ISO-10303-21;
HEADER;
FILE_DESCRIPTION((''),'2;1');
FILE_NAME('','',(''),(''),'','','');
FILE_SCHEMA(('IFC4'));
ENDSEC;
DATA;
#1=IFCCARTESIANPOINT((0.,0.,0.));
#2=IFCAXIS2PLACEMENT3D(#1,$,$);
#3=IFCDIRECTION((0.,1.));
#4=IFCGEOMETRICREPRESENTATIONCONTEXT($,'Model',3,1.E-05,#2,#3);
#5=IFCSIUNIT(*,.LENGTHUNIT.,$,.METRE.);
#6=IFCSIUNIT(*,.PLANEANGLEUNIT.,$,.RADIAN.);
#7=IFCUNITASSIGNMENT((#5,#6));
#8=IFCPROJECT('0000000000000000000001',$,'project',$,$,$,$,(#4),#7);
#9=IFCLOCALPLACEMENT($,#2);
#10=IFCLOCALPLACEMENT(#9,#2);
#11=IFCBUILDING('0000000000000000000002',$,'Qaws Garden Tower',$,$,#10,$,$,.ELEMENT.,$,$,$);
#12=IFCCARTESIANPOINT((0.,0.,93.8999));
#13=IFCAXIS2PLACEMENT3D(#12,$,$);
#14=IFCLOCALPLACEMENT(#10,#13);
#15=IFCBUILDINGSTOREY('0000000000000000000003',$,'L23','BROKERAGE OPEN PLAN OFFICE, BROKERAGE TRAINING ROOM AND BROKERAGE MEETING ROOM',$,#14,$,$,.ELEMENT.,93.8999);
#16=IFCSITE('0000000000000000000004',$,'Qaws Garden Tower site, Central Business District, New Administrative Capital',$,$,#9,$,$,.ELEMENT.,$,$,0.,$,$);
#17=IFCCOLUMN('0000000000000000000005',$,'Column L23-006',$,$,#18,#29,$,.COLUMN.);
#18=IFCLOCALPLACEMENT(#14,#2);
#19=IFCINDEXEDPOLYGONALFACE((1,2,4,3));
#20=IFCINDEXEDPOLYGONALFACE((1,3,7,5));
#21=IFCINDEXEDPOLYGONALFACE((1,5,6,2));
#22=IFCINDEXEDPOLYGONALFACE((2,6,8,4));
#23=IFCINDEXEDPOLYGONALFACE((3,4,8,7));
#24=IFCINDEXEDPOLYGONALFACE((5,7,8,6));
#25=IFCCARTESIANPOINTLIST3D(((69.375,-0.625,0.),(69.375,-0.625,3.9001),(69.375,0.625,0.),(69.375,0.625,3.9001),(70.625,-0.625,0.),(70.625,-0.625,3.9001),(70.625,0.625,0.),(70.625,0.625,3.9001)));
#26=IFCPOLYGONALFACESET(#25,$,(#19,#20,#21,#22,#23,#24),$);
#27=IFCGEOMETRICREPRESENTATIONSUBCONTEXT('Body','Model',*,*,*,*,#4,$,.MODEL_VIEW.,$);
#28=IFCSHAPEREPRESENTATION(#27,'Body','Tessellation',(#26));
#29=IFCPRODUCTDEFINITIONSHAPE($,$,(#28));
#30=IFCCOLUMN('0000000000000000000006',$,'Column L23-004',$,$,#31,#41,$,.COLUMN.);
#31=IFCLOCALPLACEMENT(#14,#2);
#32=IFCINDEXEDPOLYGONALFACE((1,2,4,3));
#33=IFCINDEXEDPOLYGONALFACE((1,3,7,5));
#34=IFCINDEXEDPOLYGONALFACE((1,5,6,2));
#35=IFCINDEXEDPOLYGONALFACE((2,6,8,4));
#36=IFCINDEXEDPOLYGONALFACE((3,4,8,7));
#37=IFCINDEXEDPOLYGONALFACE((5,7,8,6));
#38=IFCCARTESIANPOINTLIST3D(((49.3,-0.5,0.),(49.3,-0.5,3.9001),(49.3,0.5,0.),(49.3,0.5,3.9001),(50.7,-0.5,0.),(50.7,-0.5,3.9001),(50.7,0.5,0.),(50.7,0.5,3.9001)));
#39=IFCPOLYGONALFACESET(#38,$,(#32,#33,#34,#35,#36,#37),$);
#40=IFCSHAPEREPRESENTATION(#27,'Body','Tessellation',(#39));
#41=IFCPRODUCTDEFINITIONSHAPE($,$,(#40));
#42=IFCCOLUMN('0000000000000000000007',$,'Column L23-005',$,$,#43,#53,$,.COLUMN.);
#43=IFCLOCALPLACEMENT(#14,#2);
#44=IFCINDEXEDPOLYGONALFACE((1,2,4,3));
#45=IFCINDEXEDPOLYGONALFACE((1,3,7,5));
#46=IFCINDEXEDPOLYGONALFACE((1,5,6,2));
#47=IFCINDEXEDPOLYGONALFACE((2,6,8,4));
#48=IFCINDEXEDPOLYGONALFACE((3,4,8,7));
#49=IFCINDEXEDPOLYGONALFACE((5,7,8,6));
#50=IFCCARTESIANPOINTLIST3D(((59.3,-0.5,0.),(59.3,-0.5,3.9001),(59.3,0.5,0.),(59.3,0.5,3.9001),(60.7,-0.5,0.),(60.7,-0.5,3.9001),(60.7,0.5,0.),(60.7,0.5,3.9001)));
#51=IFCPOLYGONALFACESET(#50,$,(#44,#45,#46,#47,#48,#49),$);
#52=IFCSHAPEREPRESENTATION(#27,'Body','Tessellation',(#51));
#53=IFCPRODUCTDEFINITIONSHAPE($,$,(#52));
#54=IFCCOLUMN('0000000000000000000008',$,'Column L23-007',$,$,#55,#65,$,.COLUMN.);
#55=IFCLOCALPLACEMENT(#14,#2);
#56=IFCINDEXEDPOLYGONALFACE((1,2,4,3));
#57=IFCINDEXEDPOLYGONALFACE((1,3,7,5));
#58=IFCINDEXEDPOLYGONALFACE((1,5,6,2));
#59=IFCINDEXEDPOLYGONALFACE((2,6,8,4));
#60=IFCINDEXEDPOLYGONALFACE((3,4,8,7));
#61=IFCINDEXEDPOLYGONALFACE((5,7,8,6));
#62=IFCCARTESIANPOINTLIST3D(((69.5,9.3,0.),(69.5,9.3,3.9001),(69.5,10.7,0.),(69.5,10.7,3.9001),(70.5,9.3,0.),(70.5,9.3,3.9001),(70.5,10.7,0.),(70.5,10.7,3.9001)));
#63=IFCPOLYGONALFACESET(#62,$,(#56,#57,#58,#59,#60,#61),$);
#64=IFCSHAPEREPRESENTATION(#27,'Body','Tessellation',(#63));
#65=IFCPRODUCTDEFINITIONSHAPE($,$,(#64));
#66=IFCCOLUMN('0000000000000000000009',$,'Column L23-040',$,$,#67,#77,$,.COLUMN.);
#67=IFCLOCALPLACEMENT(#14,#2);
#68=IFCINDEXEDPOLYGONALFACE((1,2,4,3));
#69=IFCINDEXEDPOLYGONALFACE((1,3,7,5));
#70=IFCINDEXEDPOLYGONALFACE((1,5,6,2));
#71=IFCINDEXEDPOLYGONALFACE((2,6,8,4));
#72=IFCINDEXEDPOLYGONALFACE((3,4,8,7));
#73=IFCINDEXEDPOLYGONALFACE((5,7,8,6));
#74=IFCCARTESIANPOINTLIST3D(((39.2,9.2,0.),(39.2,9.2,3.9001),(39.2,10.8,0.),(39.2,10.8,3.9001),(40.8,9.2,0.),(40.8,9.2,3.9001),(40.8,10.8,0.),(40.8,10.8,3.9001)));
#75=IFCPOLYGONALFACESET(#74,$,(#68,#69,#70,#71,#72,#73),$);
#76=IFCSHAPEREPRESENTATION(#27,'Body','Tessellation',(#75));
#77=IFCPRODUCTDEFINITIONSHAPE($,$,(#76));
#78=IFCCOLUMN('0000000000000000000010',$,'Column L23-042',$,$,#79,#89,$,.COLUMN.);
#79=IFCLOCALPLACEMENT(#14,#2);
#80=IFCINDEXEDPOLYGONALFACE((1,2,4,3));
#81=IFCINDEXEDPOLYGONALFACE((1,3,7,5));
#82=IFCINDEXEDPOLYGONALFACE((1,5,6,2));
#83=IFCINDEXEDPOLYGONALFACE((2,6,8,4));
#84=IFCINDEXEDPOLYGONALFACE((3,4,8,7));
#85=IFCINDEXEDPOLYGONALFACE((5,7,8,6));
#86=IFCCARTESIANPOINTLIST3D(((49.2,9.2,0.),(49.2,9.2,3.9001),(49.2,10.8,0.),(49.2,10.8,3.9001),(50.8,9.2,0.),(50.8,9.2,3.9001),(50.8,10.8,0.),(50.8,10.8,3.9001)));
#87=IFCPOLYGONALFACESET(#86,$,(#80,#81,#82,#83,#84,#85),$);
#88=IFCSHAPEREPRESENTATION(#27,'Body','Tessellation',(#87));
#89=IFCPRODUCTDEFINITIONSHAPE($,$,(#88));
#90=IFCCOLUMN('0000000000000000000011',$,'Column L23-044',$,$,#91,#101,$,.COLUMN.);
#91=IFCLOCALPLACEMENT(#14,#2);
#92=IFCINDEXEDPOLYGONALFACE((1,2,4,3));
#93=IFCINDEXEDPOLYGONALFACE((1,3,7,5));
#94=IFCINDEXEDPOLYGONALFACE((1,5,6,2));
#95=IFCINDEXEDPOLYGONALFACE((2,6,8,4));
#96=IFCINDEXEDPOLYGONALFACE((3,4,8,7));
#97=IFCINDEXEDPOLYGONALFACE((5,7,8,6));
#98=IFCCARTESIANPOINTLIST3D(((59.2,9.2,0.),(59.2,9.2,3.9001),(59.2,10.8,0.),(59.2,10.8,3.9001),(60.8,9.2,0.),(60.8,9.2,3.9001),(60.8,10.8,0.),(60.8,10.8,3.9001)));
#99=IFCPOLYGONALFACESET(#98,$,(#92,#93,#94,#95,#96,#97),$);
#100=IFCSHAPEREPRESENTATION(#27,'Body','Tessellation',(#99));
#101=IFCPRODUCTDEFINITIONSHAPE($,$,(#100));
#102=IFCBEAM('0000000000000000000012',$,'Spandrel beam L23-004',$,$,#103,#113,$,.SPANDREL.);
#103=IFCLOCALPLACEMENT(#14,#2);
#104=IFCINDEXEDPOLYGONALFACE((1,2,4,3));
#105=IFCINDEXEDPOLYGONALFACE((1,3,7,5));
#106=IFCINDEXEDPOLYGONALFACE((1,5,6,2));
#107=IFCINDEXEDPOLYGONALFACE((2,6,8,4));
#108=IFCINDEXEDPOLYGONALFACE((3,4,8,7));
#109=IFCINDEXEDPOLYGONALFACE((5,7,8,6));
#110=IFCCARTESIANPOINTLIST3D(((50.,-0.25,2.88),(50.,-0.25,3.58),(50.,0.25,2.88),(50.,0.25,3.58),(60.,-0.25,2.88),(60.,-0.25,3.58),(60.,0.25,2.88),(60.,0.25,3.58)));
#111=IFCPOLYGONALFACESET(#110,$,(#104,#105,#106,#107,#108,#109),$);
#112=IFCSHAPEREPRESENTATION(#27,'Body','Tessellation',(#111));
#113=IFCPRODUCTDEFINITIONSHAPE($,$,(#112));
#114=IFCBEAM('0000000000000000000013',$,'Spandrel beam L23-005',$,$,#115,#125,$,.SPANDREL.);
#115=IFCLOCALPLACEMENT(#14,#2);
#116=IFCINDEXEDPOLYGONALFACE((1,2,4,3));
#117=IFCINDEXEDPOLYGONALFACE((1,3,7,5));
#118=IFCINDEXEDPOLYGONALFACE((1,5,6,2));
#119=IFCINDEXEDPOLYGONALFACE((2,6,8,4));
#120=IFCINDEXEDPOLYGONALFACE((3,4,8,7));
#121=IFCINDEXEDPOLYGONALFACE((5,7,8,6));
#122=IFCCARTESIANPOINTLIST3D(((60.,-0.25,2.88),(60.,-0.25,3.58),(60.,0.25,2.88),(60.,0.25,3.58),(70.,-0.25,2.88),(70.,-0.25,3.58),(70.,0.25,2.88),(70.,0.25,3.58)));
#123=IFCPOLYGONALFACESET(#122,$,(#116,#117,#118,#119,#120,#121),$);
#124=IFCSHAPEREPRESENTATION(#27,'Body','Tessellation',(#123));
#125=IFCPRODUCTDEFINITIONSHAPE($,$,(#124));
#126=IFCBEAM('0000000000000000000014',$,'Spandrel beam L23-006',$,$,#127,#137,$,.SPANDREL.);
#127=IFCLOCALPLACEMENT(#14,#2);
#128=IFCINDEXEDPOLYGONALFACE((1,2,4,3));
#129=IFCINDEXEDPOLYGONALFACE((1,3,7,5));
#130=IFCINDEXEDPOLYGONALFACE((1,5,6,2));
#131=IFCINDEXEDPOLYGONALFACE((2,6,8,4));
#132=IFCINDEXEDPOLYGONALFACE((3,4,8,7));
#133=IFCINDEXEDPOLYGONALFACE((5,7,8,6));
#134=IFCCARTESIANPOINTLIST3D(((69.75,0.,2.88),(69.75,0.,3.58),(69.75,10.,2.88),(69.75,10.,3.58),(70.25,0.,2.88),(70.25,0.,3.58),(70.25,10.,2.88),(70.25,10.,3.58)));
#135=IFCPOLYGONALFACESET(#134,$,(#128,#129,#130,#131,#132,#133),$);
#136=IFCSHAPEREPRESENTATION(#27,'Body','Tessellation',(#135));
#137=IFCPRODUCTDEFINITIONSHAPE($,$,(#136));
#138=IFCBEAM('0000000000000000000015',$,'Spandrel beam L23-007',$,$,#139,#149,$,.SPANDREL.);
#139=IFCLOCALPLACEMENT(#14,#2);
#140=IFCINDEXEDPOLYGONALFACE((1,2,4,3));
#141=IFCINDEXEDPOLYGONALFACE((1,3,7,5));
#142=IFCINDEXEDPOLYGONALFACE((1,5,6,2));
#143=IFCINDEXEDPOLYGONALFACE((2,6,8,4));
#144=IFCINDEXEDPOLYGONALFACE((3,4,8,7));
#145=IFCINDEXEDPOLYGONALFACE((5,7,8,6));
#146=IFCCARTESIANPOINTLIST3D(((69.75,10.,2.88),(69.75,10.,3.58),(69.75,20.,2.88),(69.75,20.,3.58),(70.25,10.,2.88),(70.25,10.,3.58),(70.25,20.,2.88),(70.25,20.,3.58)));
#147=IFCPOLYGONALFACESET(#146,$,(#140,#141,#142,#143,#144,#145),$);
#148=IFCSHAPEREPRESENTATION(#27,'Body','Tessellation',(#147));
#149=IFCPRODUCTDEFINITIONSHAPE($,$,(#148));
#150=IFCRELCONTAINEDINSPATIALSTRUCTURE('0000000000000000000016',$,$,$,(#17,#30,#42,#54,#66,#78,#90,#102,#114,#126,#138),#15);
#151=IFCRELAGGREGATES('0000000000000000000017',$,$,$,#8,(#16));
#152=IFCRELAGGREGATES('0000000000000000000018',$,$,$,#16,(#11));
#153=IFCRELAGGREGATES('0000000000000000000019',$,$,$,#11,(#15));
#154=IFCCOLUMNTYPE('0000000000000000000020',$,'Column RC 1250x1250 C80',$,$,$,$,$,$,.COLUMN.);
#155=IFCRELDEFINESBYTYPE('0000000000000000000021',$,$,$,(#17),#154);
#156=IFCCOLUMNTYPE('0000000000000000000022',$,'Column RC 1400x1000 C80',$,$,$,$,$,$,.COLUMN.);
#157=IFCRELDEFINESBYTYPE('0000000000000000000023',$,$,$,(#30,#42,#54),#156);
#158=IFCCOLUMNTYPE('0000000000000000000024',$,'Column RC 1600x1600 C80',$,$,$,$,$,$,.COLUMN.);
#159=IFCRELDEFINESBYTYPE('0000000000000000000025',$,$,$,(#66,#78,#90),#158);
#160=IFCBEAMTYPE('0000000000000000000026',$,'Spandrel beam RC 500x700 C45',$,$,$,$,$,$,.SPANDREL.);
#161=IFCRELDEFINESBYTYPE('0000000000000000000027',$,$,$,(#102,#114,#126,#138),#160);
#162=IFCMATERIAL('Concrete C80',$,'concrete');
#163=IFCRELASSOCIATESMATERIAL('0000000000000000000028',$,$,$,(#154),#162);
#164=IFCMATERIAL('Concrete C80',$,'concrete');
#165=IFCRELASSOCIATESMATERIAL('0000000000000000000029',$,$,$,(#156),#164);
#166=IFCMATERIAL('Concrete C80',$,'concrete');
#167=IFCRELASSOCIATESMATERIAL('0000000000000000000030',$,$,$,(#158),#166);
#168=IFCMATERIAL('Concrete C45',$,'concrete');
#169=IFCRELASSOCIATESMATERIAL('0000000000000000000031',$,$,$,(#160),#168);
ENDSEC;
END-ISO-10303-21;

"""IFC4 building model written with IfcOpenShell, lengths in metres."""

from ifc_helpers import new_model, si_unit, direction, frame, origin, origin_2d, place, context, subcontext, project, spatial, rectangle, extrude, material, material_profile, profile_set, type_object, element, save


model = new_model("IFC4")

# Units and contexts
model_context = context("Model", 3, precision=1e-05, world=origin(), true_north=direction((0.0, 1.0)))
body_context = subcontext(model_context, "Body", "Model", "MODEL_VIEW")
ifc_project = project(units=[si_unit("LENGTHUNIT", "METRE"), si_unit("PLANEANGLEUNIT", "RADIAN")], contexts=[model_context])

# Site, building, storey
site_placement = place(None, origin())
site = spatial("IfcSite", under=ifc_project, at=site_placement, Name="Qaws Garden Tower site, Central Business District, New Administrative Capital", CompositionType="ELEMENT", RefElevation=0.0)
building_placement = place(site_placement, origin())
building = spatial("IfcBuilding", under=site, at=building_placement, Name="Qaws Garden Tower", CompositionType="ELEMENT")
storey_placement = place(building_placement, frame((0.0, 0.0, 93.8999)))
storey = spatial("IfcBuildingStorey", under=building, at=storey_placement, Name="L23", Description="BROKERAGE OPEN PLAN OFFICE, BROKERAGE TRAINING ROOM AND BROKERAGE MEETING ROOM", CompositionType="ELEMENT", Elevation=93.8999)

# Columns
ifc_material_1 = material(Name="Concrete C80", Category="concrete")
ifc_material_profile_1 = material_profile(ifc_material_1, rectangle(XDim=1.25, YDim=1.25, at=origin_2d()), Name="RC 1250x1250")
ifc_profile_set_1 = profile_set([ifc_material_profile_1], Name="Concrete C80")
column_type_1 = type_object("IfcColumnType", Name="Column RC 1250x1250 C80", PredefinedType="COLUMN", material=ifc_profile_set_1)
column_placement = place(storey_placement, frame((70.0, 0.0, 0.0), z_axis=(0.0, 0.0, 1.0), x_axis=(1.0, 0.0, 0.0)))
element("IfcColumn", 1, at=column_placement, inside=storey, type_object=column_type_1, Name="Column L23-006", PredefinedType="COLUMN", context=body_context, shape_type="SweptSolid", body=[
    extrude(rectangle(XDim=1.25, YDim=1.25, at=origin_2d()), origin(), (0.0, 0.0, 1.0), 3.9001),
])
ifc_material_2 = material(Name="Concrete C80", Category="concrete")
ifc_material_profile_2 = material_profile(ifc_material_2, rectangle(XDim=1.3999, YDim=1.0, at=origin_2d()), Name="RC 1400x1000")
ifc_profile_set_2 = profile_set([ifc_material_profile_2], Name="Concrete C80")
column_type_2 = type_object("IfcColumnType", Name="Column RC 1400x1000 C80", PredefinedType="COLUMN", material=ifc_profile_set_2)
for number, where, z_axis, x_axis, name in (
    (2, (50.0, 0.0, 0.0), (0.0, 0.0, 1.0), (1.0, 0.0, 0.0), "Column L23-004"),
    (3, (60.0, 0.0, 0.0), (0.0, 0.0, 1.0), (1.0, 0.0, 0.0), "Column L23-005"),
    (4, (70.0, 10.0, 0.0), (0.0, 0.0, 1.0), (0.0, 1.0, 0.0), "Column L23-007"),
):
    element("IfcColumn", number, at=place(storey_placement, frame(where, z_axis=z_axis, x_axis=x_axis)), inside=storey, type_object=column_type_2, Name=name, PredefinedType="COLUMN", context=body_context, shape_type="SweptSolid", body=[
        extrude(rectangle(XDim=1.3999, YDim=1.0, at=origin_2d()), origin(), (0.0, 0.0, 1.0), 3.9001),
    ])
ifc_material_3 = material(Name="Concrete C80", Category="concrete")
ifc_material_profile_3 = material_profile(ifc_material_3, rectangle(XDim=1.6001, YDim=1.6001, at=origin_2d()), Name="RC 1600x1600")
ifc_profile_set_3 = profile_set([ifc_material_profile_3], Name="Concrete C80")
column_type_3 = type_object("IfcColumnType", Name="Column RC 1600x1600 C80", PredefinedType="COLUMN", material=ifc_profile_set_3)
for number, where, z_axis, x_axis, name in (
    (5, (40.0, 10.0, 0.0), (0.0, 0.0, 1.0), (1.0, 0.0, 0.0), "Column L23-040"),
    (6, (50.0, 10.0, 0.0), (0.0, 0.0, 1.0), (1.0, 0.0, 0.0), "Column L23-042"),
    (7, (60.0, 10.0, 0.0), (0.0, 0.0, 1.0), (1.0, 0.0, 0.0), "Column L23-044"),
):
    element("IfcColumn", number, at=place(storey_placement, frame(where, z_axis=z_axis, x_axis=x_axis)), inside=storey, type_object=column_type_3, Name=name, PredefinedType="COLUMN", context=body_context, shape_type="SweptSolid", body=[
        extrude(rectangle(XDim=1.6001, YDim=1.6001, at=origin_2d()), origin(), (0.0, 0.0, 1.0), 3.9001),
    ])

# Beams
ifc_material_4 = material(Name="Concrete C45", Category="concrete")
ifc_material_profile_4 = material_profile(ifc_material_4, rectangle(XDim=0.5, YDim=0.7, at=origin_2d()), Name="RC 500x700")
ifc_profile_set_4 = profile_set([ifc_material_profile_4], Name="Concrete C45")
beam_type = type_object("IfcBeamType", Name="Spandrel beam RC 500x700 C45", PredefinedType="SPANDREL", material=ifc_profile_set_4)
for number, where, z_axis, x_axis, name in (
    (8, (50.0, 0.0, 3.23), (1.0, 0.0, 0.0), (0.0, 1.0, 0.0), "Spandrel beam L23-004"),
    (9, (60.0, 0.0, 3.23), (1.0, 0.0, 0.0), (0.0, 1.0, 0.0), "Spandrel beam L23-005"),
    (10, (70.0, 0.0, 3.23), (0.0, 1.0, 0.0), (-1.0, 0.0, 0.0), "Spandrel beam L23-006"),
    (11, (70.0, 10.0, 3.23), (0.0, 1.0, 0.0), (-1.0, 0.0, 0.0), "Spandrel beam L23-007"),
):
    element("IfcBeam", number, at=place(storey_placement, frame(where, z_axis=z_axis, x_axis=x_axis)), inside=storey, type_object=beam_type, Name=name, PredefinedType="SPANDREL", context=body_context, shape_type="SweptSolid", body=[
        extrude(rectangle(XDim=0.5, YDim=0.7, at=origin_2d()), origin(), (0.0, 0.0, 1.0), 10.0),
    ])

save(model, "model.ifc")
